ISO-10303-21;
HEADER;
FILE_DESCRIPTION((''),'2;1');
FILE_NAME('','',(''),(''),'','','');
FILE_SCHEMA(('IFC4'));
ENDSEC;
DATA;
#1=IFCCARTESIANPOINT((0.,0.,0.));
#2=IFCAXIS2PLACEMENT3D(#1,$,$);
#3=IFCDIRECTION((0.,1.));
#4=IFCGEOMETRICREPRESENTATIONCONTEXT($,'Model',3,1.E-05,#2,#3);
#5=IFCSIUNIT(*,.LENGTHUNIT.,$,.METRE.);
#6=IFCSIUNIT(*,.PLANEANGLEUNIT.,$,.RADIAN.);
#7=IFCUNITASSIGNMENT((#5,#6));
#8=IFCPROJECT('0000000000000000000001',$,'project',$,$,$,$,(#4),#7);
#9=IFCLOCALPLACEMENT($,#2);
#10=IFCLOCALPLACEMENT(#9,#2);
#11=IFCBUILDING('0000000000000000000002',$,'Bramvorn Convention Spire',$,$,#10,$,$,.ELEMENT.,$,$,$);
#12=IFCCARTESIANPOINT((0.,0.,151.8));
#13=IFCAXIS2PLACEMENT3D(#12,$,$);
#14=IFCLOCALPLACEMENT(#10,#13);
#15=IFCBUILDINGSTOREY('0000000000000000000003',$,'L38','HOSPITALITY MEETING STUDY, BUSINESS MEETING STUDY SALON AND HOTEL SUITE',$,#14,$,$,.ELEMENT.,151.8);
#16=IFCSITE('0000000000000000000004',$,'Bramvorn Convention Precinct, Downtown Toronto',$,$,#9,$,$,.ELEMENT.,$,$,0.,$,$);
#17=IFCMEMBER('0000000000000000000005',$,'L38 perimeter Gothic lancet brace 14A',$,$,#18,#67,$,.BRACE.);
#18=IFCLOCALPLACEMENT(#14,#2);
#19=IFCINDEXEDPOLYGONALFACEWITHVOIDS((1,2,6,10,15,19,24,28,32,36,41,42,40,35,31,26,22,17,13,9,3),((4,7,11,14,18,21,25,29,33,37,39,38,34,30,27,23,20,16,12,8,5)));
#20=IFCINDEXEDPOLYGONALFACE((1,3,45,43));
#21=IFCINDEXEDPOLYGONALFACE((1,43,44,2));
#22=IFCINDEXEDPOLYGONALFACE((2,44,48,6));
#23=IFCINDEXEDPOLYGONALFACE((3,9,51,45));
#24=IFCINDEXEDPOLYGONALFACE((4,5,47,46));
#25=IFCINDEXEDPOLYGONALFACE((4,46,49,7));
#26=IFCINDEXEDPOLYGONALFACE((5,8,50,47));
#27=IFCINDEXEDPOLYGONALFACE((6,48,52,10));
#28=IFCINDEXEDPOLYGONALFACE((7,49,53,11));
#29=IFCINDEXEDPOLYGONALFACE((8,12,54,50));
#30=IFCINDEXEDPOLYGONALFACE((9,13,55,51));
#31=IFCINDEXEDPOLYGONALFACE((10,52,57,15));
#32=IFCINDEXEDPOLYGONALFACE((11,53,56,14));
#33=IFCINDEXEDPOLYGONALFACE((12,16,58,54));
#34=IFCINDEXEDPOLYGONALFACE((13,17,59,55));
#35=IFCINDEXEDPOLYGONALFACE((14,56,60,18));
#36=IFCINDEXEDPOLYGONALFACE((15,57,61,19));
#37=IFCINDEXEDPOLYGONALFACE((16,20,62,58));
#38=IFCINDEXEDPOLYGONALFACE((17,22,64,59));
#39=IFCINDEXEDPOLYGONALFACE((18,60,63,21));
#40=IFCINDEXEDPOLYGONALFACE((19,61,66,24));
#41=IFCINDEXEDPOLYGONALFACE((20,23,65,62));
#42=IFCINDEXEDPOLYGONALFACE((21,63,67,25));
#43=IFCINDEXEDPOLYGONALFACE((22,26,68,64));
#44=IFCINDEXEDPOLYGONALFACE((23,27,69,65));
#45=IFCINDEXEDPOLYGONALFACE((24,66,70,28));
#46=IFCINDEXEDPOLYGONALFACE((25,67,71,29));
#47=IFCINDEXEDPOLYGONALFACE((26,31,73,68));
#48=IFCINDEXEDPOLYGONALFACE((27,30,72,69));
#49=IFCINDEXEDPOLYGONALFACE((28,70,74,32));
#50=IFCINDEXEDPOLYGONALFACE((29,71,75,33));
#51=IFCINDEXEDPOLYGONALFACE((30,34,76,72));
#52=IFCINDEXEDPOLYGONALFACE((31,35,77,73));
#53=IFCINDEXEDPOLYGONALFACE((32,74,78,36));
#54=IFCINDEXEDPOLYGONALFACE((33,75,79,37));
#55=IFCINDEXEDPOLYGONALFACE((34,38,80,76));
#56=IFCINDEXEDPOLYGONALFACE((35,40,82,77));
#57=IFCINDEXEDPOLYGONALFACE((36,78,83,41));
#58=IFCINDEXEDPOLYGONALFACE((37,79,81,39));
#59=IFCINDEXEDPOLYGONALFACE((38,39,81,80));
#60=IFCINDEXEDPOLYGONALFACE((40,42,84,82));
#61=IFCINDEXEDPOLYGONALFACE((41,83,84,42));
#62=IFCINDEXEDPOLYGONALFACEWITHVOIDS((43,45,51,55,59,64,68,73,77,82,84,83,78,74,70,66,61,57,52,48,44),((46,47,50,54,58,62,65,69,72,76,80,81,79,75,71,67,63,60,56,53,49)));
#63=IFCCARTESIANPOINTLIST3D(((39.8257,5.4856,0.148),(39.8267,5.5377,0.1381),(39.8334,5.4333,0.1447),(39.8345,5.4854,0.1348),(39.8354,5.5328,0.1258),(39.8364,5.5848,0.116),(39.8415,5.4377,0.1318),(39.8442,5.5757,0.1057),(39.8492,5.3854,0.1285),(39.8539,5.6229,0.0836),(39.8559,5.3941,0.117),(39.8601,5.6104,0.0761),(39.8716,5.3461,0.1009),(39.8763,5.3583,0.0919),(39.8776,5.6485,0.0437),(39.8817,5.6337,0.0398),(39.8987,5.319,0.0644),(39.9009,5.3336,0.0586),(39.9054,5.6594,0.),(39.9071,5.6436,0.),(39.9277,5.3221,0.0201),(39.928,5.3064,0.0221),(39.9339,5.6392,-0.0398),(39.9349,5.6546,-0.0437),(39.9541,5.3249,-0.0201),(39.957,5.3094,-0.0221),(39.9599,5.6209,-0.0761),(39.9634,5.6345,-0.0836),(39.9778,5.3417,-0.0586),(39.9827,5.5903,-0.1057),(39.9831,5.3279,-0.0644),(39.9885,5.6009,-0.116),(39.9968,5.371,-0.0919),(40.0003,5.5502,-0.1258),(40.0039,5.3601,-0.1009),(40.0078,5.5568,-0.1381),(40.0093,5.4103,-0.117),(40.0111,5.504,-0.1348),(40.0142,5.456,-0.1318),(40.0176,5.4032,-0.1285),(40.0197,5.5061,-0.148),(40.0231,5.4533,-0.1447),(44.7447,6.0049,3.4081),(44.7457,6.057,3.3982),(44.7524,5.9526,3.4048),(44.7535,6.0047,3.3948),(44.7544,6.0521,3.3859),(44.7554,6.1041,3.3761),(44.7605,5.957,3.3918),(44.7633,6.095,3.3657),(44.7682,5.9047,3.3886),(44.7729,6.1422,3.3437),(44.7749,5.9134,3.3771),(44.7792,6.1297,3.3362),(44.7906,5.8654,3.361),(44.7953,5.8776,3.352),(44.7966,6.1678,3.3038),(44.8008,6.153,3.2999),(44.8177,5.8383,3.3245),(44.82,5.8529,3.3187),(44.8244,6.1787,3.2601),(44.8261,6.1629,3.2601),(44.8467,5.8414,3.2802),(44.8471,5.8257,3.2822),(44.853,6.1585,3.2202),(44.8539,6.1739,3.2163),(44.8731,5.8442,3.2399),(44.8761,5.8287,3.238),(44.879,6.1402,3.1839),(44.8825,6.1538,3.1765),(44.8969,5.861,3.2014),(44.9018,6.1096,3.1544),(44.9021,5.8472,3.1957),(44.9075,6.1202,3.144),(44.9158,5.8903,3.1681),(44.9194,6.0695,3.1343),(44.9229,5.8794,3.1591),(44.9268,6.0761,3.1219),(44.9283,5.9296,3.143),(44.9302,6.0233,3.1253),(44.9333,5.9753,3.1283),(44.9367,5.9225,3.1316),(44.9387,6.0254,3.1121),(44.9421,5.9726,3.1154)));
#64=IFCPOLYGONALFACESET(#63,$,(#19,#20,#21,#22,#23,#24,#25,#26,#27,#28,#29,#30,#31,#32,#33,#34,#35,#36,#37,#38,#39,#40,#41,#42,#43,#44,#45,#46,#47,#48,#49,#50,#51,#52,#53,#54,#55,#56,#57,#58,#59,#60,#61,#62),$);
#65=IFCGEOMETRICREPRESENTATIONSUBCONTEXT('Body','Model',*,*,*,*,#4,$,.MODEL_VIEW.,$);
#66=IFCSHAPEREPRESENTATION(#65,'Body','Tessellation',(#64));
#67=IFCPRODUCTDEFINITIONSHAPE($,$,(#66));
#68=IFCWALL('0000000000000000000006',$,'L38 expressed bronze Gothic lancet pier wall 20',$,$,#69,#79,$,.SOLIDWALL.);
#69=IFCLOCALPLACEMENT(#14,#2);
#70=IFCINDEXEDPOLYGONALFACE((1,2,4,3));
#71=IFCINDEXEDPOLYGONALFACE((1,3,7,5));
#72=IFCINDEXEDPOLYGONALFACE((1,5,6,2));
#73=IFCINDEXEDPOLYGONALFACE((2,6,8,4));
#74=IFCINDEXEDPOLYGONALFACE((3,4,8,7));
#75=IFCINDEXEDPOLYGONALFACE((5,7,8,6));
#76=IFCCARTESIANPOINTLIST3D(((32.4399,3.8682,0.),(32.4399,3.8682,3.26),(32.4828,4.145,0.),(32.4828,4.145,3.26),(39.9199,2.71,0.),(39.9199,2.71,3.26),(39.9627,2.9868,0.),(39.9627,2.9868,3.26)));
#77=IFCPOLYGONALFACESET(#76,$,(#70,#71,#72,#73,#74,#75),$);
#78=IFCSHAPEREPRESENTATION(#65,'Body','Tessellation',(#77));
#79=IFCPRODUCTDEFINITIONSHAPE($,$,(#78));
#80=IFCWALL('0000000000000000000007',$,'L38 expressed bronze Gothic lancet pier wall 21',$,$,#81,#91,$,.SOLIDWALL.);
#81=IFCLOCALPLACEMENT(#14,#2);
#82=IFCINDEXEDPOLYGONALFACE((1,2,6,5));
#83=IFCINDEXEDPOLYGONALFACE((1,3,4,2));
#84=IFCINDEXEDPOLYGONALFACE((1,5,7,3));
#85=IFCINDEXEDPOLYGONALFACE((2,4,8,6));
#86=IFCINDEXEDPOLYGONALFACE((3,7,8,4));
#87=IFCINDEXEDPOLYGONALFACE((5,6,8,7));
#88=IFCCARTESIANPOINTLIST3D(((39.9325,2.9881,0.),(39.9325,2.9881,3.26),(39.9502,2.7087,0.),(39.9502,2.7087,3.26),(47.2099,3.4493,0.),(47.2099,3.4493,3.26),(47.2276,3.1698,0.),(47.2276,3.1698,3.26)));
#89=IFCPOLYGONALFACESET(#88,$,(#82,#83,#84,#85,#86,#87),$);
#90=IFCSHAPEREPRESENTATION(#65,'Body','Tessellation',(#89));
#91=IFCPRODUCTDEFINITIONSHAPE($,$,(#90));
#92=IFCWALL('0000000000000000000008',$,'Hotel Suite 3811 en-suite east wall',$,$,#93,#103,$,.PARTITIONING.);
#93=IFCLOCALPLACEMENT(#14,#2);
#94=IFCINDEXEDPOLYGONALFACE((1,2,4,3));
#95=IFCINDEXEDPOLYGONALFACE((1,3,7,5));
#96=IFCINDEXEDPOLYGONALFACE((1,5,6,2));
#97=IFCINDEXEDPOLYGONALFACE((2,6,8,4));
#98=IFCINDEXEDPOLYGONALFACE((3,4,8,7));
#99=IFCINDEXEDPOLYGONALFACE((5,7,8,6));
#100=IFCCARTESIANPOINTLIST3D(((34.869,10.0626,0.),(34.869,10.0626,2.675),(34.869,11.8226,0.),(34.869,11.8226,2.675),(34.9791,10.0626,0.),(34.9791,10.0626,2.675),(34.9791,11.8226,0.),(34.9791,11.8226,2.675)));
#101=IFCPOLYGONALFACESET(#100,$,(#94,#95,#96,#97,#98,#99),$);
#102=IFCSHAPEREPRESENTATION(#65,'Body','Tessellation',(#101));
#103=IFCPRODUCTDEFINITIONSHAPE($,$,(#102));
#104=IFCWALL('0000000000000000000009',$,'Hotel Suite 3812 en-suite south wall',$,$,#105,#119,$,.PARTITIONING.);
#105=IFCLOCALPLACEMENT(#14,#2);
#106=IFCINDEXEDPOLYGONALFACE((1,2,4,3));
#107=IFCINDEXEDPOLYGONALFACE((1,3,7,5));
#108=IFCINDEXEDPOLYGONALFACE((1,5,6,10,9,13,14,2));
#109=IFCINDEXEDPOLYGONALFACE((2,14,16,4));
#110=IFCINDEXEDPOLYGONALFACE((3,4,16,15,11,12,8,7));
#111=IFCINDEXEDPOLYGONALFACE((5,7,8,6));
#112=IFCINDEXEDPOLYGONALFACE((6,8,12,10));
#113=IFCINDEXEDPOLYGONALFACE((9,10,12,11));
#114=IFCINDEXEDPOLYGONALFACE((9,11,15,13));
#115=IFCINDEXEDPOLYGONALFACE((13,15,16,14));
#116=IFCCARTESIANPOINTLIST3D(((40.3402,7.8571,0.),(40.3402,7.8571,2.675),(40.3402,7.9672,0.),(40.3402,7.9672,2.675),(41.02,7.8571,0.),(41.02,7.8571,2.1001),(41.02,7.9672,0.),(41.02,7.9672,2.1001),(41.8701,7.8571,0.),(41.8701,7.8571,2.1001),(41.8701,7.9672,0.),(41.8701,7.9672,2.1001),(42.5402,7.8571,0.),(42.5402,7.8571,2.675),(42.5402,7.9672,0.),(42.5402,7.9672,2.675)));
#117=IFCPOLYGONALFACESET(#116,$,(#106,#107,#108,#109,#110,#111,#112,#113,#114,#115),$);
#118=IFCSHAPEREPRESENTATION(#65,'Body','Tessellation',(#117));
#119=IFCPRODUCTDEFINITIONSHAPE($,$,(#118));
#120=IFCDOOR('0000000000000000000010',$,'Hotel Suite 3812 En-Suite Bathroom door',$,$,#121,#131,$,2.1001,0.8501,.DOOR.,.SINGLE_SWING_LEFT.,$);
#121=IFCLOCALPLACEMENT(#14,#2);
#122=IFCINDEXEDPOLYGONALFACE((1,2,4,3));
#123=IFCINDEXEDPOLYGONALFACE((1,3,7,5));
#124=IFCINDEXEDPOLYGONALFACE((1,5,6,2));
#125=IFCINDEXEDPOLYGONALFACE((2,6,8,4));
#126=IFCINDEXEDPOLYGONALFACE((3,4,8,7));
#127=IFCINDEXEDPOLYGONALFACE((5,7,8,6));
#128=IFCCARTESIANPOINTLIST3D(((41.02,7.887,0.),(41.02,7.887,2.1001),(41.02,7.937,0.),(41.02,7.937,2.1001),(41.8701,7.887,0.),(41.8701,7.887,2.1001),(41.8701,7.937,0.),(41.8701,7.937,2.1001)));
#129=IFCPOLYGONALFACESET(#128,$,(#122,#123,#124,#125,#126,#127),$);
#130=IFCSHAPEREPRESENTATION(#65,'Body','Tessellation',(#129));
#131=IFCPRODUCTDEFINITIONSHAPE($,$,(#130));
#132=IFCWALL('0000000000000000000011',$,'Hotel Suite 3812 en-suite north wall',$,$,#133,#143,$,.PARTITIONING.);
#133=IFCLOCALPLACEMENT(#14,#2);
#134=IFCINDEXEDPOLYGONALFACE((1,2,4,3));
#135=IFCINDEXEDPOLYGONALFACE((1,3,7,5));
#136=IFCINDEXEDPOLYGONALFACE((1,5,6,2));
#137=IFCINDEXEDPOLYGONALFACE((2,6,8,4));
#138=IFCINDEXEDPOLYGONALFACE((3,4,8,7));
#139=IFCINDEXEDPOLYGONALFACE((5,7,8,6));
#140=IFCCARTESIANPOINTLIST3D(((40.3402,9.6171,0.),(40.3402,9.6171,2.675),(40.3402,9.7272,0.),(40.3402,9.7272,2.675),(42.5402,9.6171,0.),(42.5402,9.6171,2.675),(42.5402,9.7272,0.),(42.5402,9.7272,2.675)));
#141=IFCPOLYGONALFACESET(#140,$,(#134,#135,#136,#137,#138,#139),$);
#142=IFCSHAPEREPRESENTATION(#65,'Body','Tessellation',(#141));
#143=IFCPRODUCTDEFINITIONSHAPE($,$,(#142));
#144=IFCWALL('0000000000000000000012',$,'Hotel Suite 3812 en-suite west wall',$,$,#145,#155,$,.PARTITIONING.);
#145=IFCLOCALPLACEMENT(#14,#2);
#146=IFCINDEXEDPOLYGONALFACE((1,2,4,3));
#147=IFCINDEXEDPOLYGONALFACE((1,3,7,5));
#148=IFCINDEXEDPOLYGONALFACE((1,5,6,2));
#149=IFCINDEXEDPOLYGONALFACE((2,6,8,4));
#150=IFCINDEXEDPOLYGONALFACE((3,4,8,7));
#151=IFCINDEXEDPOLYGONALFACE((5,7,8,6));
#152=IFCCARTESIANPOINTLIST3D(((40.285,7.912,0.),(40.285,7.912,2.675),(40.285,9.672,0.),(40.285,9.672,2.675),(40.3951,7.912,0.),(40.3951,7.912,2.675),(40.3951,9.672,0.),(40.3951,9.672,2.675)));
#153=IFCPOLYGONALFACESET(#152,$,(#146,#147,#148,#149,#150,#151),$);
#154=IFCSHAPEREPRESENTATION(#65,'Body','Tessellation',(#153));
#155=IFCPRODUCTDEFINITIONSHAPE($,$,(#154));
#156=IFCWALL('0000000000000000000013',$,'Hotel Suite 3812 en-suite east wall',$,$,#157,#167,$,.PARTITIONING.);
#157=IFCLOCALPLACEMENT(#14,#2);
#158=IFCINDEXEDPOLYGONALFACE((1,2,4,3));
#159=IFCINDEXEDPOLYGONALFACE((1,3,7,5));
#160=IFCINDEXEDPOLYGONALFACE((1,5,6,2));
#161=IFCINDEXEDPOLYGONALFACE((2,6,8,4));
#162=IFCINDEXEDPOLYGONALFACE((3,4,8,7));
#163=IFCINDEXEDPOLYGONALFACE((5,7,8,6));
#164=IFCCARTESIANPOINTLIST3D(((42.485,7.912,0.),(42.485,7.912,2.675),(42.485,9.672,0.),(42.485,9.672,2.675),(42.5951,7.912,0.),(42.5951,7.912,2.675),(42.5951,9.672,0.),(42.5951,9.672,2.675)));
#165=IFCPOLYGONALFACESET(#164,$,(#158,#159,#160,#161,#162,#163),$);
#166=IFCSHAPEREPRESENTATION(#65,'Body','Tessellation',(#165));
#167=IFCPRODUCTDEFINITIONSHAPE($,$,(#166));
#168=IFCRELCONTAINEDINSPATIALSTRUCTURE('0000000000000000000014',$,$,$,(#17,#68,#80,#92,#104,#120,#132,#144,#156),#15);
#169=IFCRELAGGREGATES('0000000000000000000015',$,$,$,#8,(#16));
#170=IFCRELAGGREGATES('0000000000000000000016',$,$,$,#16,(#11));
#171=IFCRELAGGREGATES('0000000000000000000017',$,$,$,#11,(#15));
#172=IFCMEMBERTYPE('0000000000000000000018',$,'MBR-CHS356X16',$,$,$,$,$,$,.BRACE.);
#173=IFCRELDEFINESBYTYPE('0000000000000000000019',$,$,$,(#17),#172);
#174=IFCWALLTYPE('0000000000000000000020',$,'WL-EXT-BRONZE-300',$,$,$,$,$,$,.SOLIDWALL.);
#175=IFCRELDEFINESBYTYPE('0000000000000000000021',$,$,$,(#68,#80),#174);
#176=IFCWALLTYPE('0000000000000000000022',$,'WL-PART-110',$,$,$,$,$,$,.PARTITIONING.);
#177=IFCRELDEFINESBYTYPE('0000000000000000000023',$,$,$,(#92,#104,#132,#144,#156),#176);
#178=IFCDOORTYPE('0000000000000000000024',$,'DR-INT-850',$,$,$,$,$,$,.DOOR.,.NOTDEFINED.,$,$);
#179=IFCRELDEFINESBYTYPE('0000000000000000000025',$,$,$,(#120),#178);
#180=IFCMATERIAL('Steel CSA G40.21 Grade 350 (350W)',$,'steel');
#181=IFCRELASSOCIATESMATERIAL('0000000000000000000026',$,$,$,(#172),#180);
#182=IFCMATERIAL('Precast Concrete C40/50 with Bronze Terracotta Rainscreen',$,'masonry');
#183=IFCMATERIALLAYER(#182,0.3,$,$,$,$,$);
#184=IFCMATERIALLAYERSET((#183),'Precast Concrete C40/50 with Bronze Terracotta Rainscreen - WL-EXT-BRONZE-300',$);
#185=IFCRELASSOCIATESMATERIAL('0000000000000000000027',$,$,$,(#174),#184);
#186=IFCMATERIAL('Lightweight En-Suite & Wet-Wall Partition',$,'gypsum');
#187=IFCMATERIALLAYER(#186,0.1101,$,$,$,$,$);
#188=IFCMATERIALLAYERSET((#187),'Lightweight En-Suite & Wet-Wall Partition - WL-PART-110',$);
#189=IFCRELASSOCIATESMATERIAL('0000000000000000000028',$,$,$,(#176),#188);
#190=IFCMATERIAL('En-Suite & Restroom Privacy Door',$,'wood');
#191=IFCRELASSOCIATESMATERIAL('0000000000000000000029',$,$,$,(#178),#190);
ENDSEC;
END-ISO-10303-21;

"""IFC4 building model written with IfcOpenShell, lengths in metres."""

from ifc_helpers import new_model, si_unit, direction, frame, frame_2d, origin, origin_2d, place, context, subcontext, project, spatial, rectangle, hollow_circle, extrude, material, layer, layer_set, material_profile, profile_set, type_object, element, fill, save


model = new_model("IFC4")

# Units and contexts
model_context = context("Model", 3, precision=1e-05, world=origin(), true_north=direction((0.0, 1.0)))
body_context = subcontext(model_context, "Body", "Model", "MODEL_VIEW")
ifc_project = project(units=[si_unit("LENGTHUNIT", "METRE"), si_unit("PLANEANGLEUNIT", "RADIAN")], contexts=[model_context])

# Site, building, storey
site_placement = place(None, origin())
site = spatial("IfcSite", under=ifc_project, at=site_placement, Name="Bramvorn Convention Precinct, Downtown Toronto", CompositionType="ELEMENT", RefElevation=0.0)
building_placement = place(site_placement, origin())
building = spatial("IfcBuilding", under=site, at=building_placement, Name="Bramvorn Convention Spire", CompositionType="ELEMENT")
storey_placement = place(building_placement, frame((0.0, 0.0, 151.8)))
storey = spatial("IfcBuildingStorey", under=building, at=storey_placement, Name="L38", Description="HOSPITALITY MEETING STUDY, BUSINESS MEETING STUDY SALON AND HOTEL SUITE", CompositionType="ELEMENT", Elevation=151.8)

# Shared definitions
ifc_material_1 = material(Name="Steel CSA G40.21 Grade 350 (350W)", Category="steel")

# Member
ifc_material_profile_1 = material_profile(ifc_material_1, hollow_circle(Radius=0.1777, WallThickness=0.0159, at=origin_2d()))
ifc_profile_set_1 = profile_set([ifc_material_profile_1], Name="Steel CSA G40.21 Grade 350 (350W) - CHS356X16")
member_type = type_object("IfcMemberType", Name="MBR-CHS356X16", PredefinedType="BRACE", material=ifc_profile_set_1)
member_placement = place(storey_placement, frame((39.9241, 5.4827, 0.0), z_axis=(0.830347, 0.087659, 0.550309), x_axis=(-0.104985, 0.994474, 0.0)))
element("IfcMember", 1, at=member_placement, inside=storey, type_object=member_type, Name="L38 perimeter Gothic lancet brace 14A", PredefinedType="BRACE", context=body_context, shape_type="SweptSolid", body=[
    extrude(hollow_circle(Radius=0.1777, WallThickness=0.0159, at=origin_2d()), origin(), (0.0, 0.0, 1.0), 5.9241),
])

# Walls
ifc_material_2 = material(Name="Precast Concrete C40/50 with Bronze Terracotta Rainscreen", Category="masonry")
ifc_layer_1 = layer(ifc_material_2, 0.3)
ifc_layer_set_1 = layer_set([ifc_layer_1], Name="Precast Concrete C40/50 with Bronze Terracotta Rainscreen - WL-EXT-BRONZE-300")
wall_type_1 = type_object("IfcWallType", Name="WL-EXT-BRONZE-300", PredefinedType="SOLIDWALL", material=ifc_layer_set_1)
wall_1_placement = place(storey_placement, frame((39.9414, 2.8484, 0.0), z_axis=(0.0, 0.0, 1.0), x_axis=(-0.988224, 0.153017, 0.0)))
element("IfcWall", 2, at=wall_1_placement, inside=storey, type_object=wall_type_1, Name="L38 expressed bronze Gothic lancet pier wall 20", PredefinedType="SOLIDWALL", context=body_context, shape_type="SweptSolid", body=[
    extrude(rectangle(XDim=7.5691, YDim=0.28, at=frame_2d((3.7847, 0.0))), origin(), (0.0, 0.0, 1.0), 3.26),
])
wall_2_placement = place(storey_placement, frame((47.2188, 3.3096, 0.0), z_axis=(0.0, 0.0, 1.0), x_axis=(-0.997998, -0.063245, 0.0)))
element("IfcWall", 3, at=wall_2_placement, inside=storey, type_object=wall_type_1, Name="L38 expressed bronze Gothic lancet pier wall 21", PredefinedType="SOLIDWALL", context=body_context, shape_type="SweptSolid", body=[
    extrude(rectangle(XDim=7.292, YDim=0.28, at=frame_2d((3.646, 0.0))), origin(), (0.0, 0.0, 1.0), 3.26),
])
ifc_material_3 = material(Name="Lightweight En-Suite & Wet-Wall Partition", Category="gypsum")
ifc_layer_2 = layer(ifc_material_3, 0.1101)
ifc_layer_set_2 = layer_set([ifc_layer_2], Name="Lightweight En-Suite & Wet-Wall Partition - WL-PART-110")
wall_type_2 = type_object("IfcWallType", Name="WL-PART-110", PredefinedType="PARTITIONING", material=ifc_layer_set_2)
wall_3_placement = place(storey_placement, frame((34.9241, 10.0627, 0.0), z_axis=(0.0, 0.0, 1.0), x_axis=(0.0, 1.0, 0.0)))
element("IfcWall", 4, at=wall_3_placement, inside=storey, type_object=wall_type_2, Name="Hotel Suite 3811 en-suite east wall", PredefinedType="PARTITIONING", context=body_context, shape_type="SweptSolid", body=[
    extrude(rectangle(XDim=1.76, YDim=0.1101, at=frame_2d((0.8799, 0.0))), origin(), (0.0, 0.0, 1.0), 2.675),
])

# Wall, opening, door
wall_4_placement = place(storey_placement, frame((40.3401, 7.9121, 0.0), z_axis=(0.0, 0.0, 1.0), x_axis=(1.0, 0.0, 0.0)))
wall_4 = element("IfcWall", 5, at=wall_4_placement, inside=storey, type_object=wall_type_2, Name="Hotel Suite 3812 en-suite south wall", PredefinedType="PARTITIONING", context=body_context, shape_type="SweptSolid", body=[
    extrude(rectangle(XDim=2.2, YDim=0.1101, at=frame_2d((1.1001, 0.0))), origin(), (0.0, 0.0, 1.0), 2.675),
])
opening_1_placement = place(wall_4_placement, frame((0.6799, 0.0, 0.0)))
opening_1 = element("IfcOpeningElement", 6, at=opening_1_placement, cuts=wall_4, PredefinedType="OPENING", context=body_context, shape_type="SweptSolid", body=[
    extrude(rectangle(XDim=0.8501, YDim=2.1001, at=frame_2d((0.425, 1.05))), frame((0.0, 0.0649, 0.0), z_axis=(0.0, -1.0, 0.0), x_axis=(1.0, 0.0, 0.0)), (0.0, 0.0, 1.0), 0.1301),
])
ifc_material_4 = material(Name="En-Suite & Restroom Privacy Door", Category="wood")
door_type_1 = type_object("IfcDoorType", Name="DR-INT-850", OperationType="NOTDEFINED", PredefinedType="DOOR", material=ifc_material_4)
door_1_placement = place(opening_1_placement, origin())
door_1 = element("IfcDoor", 7, at=door_1_placement, inside=storey, type_object=door_type_1, Name="Hotel Suite 3812 En-Suite Bathroom door", OperationType="SINGLE_SWING_LEFT", OverallHeight=2.1001, OverallWidth=0.8501, PredefinedType="DOOR", context=body_context, shape_type="SweptSolid", body=[
    extrude(rectangle(XDim=0.8501, YDim=2.1001, at=frame_2d((0.425, 1.05))), frame((0.0, 0.0249, 0.0), z_axis=(0.0, -1.0, 0.0), x_axis=(1.0, 0.0, 0.0)), (0.0, 0.0, 1.0), 0.05),
])
fill(opening_1, door_1)

# Walls
wall_5_placement = place(storey_placement, frame((40.3401, 9.6721, 0.0), z_axis=(0.0, 0.0, 1.0), x_axis=(1.0, 0.0, 0.0)))
element("IfcWall", 8, at=wall_5_placement, inside=storey, type_object=wall_type_2, Name="Hotel Suite 3812 en-suite north wall", PredefinedType="PARTITIONING", context=body_context, shape_type="SweptSolid", body=[
    extrude(rectangle(XDim=2.2, YDim=0.1101, at=frame_2d((1.1001, 0.0))), origin(), (0.0, 0.0, 1.0), 2.675),
])
for number, where, z_axis, x_axis, name in (
    (9, (40.3401, 7.9121, 0.0), (0.0, 0.0, 1.0), (0.0, 1.0, 0.0), "Hotel Suite 3812 en-suite west wall"),
    (10, (42.54, 7.9121, 0.0), (0.0, 0.0, 1.0), (0.0, 1.0, 0.0), "Hotel Suite 3812 en-suite east wall"),
):
    element("IfcWall", number, at=place(storey_placement, frame(where, z_axis=z_axis, x_axis=x_axis)), inside=storey, type_object=wall_type_2, Name=name, PredefinedType="PARTITIONING", context=body_context, shape_type="SweptSolid", body=[
        extrude(rectangle(XDim=1.76, YDim=0.1101, at=frame_2d((0.8799, 0.0))), origin(), (0.0, 0.0, 1.0), 2.675),
    ])

save(model, "model.ifc")
